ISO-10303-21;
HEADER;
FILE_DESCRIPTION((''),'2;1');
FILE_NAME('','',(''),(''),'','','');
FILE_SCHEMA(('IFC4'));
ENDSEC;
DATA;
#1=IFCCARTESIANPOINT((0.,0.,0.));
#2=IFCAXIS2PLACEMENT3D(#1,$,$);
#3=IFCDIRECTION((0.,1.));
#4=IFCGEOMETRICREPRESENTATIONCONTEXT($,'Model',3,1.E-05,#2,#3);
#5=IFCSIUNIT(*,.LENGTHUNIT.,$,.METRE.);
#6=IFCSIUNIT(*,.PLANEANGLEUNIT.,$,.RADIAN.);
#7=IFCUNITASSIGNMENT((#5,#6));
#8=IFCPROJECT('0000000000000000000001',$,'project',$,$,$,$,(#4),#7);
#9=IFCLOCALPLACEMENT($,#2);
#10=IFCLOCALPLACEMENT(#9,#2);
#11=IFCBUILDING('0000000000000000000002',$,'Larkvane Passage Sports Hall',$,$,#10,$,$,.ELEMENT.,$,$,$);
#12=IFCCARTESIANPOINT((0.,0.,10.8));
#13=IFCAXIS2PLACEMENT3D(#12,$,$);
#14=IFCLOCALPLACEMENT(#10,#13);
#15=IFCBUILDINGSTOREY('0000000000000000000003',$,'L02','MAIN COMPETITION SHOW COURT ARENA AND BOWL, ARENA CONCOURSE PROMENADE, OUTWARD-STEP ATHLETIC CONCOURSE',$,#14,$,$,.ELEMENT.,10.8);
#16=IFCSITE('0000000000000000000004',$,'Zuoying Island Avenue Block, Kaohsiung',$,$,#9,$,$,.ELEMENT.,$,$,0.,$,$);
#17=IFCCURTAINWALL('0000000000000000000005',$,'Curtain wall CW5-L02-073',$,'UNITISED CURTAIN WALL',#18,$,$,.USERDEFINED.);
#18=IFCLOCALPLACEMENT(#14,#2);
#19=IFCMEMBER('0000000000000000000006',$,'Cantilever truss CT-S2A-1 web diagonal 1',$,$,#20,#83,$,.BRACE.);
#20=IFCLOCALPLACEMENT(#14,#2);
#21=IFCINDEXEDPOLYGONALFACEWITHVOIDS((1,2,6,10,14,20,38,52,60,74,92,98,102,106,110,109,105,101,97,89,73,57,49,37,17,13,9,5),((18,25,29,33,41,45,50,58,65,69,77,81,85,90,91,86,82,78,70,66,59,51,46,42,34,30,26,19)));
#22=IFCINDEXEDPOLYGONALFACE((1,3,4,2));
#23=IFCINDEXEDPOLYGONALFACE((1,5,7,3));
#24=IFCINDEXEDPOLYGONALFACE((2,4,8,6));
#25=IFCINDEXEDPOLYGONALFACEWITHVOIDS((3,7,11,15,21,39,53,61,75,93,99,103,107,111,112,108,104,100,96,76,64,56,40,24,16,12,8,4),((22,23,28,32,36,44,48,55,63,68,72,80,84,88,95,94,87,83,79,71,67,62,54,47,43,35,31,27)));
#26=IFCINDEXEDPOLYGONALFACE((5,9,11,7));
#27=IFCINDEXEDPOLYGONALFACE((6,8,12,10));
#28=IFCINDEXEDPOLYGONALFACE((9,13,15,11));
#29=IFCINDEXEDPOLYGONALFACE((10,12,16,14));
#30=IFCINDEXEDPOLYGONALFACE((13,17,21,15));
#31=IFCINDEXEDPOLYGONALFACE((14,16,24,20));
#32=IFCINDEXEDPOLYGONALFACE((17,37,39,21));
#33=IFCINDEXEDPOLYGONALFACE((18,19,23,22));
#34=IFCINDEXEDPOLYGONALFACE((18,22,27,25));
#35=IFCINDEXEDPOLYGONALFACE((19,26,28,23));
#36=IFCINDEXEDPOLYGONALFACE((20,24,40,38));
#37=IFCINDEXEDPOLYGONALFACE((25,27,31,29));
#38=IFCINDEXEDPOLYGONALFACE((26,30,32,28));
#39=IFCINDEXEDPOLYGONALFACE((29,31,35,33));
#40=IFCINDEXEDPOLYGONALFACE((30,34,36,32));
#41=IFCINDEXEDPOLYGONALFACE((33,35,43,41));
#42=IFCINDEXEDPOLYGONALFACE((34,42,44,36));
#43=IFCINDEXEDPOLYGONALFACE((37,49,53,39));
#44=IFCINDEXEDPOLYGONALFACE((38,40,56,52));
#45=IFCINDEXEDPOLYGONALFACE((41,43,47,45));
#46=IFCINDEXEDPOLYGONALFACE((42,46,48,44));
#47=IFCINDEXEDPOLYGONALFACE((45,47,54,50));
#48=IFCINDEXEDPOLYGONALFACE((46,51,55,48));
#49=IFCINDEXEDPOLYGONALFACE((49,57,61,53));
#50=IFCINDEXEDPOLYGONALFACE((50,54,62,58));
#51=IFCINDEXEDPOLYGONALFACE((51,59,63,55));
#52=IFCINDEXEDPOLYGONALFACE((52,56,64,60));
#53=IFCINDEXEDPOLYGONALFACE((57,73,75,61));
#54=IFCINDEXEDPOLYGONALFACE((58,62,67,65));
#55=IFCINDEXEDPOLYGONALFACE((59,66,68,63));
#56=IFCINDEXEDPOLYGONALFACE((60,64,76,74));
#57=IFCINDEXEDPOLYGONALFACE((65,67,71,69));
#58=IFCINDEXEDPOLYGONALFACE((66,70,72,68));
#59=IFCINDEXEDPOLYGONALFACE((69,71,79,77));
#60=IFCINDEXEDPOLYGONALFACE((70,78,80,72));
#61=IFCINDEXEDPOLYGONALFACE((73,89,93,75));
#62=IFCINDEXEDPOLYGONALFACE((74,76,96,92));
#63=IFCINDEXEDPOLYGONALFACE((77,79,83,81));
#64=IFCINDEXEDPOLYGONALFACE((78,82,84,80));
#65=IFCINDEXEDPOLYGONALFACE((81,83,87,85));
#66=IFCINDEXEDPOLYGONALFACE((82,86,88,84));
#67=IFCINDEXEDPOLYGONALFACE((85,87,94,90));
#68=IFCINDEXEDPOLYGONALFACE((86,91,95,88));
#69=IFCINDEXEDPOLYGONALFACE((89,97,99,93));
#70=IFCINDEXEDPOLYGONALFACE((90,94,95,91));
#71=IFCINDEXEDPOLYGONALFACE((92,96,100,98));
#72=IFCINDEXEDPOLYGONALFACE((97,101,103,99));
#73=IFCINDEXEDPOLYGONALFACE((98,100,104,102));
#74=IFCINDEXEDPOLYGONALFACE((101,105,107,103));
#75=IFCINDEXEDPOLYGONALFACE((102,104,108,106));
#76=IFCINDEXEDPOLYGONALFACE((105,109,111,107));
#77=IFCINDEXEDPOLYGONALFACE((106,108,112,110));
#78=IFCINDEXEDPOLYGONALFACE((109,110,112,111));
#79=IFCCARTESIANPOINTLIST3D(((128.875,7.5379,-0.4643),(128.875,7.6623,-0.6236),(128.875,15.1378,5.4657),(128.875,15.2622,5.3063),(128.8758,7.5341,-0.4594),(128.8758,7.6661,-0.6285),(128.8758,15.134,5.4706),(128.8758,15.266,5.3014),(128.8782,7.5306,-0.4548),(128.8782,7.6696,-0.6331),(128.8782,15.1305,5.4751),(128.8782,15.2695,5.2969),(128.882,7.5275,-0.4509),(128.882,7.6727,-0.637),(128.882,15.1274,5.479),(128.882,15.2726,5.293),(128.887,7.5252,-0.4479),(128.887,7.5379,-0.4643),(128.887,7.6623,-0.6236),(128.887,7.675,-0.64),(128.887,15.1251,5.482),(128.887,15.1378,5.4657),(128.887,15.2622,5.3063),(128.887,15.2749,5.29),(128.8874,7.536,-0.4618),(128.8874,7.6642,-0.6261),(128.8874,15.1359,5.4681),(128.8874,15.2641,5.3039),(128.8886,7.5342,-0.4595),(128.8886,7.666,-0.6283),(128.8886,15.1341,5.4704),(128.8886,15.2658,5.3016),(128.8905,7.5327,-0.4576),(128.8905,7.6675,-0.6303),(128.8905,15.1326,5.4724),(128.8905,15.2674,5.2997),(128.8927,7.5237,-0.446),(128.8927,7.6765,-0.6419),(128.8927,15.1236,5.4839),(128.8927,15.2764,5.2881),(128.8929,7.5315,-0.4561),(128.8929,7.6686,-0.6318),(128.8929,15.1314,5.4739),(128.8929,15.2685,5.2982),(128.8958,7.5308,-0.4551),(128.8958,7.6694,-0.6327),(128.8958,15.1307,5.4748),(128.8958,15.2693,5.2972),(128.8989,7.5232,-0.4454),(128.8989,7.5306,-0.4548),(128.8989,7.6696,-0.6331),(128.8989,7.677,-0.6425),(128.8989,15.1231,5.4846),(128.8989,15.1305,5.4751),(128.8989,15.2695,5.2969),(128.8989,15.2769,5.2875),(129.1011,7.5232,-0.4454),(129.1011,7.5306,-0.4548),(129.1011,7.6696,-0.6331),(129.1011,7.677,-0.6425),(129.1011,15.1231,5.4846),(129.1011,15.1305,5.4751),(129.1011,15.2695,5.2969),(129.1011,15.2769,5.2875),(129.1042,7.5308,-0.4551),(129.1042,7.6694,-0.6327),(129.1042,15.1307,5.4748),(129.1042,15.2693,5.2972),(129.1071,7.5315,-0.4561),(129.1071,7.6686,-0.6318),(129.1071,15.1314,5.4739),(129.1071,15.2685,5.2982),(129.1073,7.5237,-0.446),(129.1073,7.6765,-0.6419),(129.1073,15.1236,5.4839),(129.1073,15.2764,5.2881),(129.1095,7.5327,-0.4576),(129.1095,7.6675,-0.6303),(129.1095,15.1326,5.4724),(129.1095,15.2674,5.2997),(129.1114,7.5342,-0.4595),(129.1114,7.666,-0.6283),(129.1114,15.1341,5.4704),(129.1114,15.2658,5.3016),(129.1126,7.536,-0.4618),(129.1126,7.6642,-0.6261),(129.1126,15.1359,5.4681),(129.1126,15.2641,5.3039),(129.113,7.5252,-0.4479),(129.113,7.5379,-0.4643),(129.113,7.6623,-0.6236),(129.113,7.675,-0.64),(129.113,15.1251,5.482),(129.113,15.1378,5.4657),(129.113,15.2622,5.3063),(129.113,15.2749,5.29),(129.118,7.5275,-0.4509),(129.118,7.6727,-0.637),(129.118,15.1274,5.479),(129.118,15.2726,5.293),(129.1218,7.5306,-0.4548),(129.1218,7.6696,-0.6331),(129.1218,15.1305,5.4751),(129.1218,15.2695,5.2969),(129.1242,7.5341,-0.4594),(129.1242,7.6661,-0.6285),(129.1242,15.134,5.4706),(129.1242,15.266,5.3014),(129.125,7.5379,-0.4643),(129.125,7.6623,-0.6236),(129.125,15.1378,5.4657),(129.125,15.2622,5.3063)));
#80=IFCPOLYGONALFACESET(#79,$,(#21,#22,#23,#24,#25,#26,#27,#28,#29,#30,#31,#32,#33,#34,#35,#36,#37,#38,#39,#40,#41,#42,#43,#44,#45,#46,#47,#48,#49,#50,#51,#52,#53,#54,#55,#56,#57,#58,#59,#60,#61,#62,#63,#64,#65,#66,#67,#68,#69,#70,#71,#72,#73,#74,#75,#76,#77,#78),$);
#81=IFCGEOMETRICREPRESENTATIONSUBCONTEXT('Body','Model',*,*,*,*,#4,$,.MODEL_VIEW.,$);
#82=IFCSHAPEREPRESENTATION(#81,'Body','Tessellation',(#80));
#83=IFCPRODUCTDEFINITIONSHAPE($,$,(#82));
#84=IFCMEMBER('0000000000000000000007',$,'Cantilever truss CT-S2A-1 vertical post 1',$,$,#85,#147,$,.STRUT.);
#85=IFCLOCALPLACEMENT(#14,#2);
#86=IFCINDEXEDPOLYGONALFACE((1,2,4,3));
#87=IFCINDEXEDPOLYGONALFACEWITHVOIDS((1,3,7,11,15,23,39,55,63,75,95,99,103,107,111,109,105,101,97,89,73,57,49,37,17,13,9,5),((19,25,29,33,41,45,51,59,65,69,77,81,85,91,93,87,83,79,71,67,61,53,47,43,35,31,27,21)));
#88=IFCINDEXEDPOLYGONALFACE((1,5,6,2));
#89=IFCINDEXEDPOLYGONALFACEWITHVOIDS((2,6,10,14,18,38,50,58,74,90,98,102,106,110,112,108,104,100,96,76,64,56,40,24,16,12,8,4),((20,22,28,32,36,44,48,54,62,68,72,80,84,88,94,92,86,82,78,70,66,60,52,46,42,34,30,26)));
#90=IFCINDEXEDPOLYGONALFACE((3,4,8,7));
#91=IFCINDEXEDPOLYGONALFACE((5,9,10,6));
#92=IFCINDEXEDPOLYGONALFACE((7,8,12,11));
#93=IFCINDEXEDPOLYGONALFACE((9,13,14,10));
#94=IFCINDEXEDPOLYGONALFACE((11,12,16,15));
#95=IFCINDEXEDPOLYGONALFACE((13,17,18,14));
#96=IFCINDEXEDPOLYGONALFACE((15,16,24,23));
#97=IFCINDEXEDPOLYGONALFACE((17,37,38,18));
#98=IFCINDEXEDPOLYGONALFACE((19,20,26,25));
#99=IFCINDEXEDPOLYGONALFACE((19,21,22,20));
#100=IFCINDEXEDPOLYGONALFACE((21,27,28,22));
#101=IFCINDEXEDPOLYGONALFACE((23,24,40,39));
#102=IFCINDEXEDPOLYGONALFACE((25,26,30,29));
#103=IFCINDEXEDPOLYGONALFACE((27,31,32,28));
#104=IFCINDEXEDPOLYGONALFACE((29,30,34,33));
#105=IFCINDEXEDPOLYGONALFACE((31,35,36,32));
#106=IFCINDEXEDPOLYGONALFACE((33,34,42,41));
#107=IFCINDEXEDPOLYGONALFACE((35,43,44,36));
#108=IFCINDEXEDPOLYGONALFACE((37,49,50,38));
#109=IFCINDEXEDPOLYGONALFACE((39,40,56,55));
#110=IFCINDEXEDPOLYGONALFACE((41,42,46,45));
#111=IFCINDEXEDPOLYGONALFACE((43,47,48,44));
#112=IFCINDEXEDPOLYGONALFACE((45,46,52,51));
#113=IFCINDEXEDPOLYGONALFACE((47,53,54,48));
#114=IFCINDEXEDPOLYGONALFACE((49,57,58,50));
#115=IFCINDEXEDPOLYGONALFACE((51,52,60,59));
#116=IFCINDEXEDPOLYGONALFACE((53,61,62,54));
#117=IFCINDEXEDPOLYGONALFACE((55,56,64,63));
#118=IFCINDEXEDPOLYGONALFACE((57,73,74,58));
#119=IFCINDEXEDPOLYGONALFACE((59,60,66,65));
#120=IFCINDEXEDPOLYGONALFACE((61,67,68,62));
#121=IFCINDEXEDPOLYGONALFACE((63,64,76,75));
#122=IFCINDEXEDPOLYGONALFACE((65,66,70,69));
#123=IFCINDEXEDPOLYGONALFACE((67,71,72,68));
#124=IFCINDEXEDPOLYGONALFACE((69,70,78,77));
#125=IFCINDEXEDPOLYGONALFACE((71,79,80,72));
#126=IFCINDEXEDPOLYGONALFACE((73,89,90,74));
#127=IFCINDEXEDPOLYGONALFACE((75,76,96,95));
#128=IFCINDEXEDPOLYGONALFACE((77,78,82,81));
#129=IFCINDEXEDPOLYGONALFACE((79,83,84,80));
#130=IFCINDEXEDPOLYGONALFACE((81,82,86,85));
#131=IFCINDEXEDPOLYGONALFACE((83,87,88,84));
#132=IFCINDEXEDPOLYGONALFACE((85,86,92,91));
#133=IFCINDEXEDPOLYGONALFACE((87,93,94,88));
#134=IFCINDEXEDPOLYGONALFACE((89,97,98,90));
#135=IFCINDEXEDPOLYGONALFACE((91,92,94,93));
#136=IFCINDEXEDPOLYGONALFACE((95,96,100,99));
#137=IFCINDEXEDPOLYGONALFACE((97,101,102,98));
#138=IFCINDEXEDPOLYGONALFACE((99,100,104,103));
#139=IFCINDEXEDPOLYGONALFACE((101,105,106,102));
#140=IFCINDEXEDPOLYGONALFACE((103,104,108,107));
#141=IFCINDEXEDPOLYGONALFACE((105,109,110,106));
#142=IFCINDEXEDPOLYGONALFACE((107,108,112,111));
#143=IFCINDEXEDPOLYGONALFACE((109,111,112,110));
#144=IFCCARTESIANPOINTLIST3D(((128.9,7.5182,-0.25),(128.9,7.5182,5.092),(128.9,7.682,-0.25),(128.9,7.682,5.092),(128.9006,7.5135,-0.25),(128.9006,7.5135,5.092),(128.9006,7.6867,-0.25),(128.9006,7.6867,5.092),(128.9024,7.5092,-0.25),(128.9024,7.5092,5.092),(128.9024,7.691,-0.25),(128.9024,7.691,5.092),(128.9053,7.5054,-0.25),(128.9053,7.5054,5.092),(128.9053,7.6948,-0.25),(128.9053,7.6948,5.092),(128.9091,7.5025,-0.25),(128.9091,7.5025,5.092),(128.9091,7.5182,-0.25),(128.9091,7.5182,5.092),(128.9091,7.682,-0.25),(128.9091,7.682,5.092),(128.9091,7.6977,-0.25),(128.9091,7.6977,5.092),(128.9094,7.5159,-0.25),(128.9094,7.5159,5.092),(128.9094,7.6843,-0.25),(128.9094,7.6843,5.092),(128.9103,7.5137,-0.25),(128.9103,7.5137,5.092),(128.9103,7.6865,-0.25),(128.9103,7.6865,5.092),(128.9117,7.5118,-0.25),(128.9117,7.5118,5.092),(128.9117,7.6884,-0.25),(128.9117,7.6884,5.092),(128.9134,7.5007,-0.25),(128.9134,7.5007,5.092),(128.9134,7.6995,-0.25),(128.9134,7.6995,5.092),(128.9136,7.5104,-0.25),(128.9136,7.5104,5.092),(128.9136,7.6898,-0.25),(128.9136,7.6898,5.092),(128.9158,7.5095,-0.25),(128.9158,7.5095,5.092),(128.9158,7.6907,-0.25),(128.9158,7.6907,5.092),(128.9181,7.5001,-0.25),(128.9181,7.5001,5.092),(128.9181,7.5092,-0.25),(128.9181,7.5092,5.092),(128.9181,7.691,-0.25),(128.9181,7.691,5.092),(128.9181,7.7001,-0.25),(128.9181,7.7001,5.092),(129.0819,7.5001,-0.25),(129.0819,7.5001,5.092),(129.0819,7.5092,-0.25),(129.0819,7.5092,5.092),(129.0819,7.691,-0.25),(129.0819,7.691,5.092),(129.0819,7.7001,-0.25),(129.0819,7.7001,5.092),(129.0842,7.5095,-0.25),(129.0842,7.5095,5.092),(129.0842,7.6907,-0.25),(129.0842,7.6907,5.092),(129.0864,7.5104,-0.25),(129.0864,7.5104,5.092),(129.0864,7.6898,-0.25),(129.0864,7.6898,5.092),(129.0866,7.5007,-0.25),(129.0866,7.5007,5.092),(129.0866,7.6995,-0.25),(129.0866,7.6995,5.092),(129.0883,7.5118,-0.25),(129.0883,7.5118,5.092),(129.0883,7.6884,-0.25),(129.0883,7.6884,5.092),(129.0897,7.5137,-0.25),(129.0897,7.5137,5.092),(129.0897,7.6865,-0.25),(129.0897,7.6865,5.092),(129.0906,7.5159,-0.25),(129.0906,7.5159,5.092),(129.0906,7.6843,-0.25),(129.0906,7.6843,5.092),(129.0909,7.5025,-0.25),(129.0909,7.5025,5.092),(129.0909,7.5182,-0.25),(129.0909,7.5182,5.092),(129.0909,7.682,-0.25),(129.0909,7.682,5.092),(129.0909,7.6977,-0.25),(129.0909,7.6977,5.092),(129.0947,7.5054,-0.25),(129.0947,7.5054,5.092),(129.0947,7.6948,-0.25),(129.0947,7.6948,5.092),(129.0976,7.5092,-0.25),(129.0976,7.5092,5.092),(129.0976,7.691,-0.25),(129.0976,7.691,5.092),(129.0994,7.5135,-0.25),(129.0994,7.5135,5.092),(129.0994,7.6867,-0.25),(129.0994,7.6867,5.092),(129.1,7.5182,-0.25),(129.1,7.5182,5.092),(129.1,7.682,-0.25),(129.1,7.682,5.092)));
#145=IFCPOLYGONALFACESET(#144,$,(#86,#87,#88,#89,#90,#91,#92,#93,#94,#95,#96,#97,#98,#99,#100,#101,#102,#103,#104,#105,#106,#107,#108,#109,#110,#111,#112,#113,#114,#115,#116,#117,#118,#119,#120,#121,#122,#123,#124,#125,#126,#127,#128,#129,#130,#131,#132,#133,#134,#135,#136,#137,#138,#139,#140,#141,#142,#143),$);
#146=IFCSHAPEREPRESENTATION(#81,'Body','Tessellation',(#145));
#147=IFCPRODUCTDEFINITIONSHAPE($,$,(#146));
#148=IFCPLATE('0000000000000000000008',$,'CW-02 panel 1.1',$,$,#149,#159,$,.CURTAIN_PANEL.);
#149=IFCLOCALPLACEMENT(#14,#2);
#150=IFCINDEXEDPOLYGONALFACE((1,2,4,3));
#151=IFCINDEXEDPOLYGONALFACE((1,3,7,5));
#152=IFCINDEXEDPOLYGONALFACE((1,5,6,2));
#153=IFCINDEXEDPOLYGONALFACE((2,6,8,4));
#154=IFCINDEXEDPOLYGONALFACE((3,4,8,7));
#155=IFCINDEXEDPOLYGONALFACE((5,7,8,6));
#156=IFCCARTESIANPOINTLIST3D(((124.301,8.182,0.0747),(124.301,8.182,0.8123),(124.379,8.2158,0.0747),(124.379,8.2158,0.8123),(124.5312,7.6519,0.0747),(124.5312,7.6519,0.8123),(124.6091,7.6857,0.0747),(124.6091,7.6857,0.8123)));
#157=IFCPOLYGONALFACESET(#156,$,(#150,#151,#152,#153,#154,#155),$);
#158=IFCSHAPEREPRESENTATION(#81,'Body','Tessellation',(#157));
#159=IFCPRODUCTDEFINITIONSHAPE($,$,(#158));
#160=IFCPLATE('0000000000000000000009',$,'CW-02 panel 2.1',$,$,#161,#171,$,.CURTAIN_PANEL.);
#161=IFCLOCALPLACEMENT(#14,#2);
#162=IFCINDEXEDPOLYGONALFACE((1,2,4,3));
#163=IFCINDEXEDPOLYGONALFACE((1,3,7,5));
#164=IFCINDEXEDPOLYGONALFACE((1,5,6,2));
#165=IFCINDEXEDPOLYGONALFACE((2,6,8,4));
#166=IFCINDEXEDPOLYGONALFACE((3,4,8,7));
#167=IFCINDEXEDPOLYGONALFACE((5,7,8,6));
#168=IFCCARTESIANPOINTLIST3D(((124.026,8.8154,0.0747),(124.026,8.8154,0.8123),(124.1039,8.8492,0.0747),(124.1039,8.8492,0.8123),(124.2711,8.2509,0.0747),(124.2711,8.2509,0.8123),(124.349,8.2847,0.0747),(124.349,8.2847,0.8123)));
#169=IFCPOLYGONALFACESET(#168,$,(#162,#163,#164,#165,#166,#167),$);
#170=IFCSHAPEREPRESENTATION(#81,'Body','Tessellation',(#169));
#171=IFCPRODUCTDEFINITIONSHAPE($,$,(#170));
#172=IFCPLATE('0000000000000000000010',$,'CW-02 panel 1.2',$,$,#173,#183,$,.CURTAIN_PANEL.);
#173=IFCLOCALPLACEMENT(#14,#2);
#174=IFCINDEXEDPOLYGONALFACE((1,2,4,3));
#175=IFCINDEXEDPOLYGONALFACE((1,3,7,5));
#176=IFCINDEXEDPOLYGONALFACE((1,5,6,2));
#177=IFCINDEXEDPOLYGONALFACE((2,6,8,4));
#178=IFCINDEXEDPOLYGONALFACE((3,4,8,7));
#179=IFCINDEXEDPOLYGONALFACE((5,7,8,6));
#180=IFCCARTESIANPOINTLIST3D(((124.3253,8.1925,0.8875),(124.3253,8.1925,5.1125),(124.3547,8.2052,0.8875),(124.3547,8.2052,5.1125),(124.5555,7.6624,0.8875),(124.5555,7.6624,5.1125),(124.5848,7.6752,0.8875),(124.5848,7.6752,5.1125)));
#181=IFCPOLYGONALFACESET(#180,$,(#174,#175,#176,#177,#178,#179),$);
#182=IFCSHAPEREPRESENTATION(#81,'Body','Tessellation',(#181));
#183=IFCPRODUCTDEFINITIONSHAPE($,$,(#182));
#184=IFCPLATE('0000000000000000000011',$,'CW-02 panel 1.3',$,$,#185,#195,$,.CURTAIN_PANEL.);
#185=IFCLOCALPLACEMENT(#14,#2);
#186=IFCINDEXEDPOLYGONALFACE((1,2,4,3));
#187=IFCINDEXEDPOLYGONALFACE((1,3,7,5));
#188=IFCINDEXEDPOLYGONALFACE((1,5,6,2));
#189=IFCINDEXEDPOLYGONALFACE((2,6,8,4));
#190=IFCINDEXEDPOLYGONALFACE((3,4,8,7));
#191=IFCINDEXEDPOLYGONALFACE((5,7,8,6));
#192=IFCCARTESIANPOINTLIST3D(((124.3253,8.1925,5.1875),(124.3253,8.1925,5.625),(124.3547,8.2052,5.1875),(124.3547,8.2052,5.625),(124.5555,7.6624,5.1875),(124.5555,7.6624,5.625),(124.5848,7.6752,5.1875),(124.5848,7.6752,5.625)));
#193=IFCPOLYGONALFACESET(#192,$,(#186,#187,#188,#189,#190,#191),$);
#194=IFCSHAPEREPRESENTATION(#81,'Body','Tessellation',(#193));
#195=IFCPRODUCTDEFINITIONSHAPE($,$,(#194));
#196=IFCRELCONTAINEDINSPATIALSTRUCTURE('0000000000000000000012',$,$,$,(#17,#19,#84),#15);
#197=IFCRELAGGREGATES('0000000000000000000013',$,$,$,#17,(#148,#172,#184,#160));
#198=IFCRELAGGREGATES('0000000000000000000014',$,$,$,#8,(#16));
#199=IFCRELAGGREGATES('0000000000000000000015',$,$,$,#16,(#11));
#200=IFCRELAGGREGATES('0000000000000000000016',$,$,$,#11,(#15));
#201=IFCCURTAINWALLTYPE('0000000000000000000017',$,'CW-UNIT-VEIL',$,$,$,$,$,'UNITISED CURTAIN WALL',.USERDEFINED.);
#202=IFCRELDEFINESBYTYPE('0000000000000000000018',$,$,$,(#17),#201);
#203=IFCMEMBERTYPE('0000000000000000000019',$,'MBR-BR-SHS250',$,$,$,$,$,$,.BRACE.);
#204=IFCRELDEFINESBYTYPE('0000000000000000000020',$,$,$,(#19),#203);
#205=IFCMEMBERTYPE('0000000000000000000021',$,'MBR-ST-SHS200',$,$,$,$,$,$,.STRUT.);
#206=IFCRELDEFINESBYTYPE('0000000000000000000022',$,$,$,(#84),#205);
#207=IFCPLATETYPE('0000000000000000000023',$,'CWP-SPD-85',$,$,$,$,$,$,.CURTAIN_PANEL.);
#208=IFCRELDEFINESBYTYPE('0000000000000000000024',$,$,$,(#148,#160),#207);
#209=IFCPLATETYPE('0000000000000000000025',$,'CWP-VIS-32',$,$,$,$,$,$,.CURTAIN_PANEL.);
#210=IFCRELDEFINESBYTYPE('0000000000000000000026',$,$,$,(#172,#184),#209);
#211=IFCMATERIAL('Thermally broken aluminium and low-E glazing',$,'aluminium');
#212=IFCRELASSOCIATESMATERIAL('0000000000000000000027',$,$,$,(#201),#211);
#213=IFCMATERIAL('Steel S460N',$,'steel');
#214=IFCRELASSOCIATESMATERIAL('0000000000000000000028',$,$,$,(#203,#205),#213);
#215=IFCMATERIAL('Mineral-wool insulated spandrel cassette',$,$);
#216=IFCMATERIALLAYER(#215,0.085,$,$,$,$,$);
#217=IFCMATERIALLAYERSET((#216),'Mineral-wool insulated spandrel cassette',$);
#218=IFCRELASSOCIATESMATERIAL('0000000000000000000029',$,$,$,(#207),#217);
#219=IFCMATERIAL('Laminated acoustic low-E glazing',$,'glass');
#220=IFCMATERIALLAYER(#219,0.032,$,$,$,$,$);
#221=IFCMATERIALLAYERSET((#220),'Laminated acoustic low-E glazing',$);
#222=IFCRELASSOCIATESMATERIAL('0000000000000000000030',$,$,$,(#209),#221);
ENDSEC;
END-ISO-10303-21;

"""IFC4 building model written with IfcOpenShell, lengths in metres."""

from ifc_helpers import new_model, si_unit, direction, frame, origin, origin_2d, place, context, subcontext, project, spatial, rectangle, hollow_rectangle, extrude, material, layer, layer_set, material_profile, profile_set, type_object, element, aggregate, save


model = new_model("IFC4")

# Units and contexts
model_context = context("Model", 3, precision=1e-05, world=origin(), true_north=direction((0.0, 1.0)))
body_context = subcontext(model_context, "Body", "Model", "MODEL_VIEW")
ifc_project = project(units=[si_unit("LENGTHUNIT", "METRE"), si_unit("PLANEANGLEUNIT", "RADIAN")], contexts=[model_context])

# Site, building, storey
site_placement = place(None, origin())
site = spatial("IfcSite", under=ifc_project, at=site_placement, Name="Zuoying Island Avenue Block, Kaohsiung", CompositionType="ELEMENT", RefElevation=0.0)
building_placement = place(site_placement, origin())
building = spatial("IfcBuilding", under=site, at=building_placement, Name="Larkvane Passage Sports Hall", CompositionType="ELEMENT")
storey_placement = place(building_placement, frame((0.0, 0.0, 10.8)))
storey = spatial("IfcBuildingStorey", under=building, at=storey_placement, Name="L02", Description="MAIN COMPETITION SHOW COURT ARENA AND BOWL, ARENA CONCOURSE PROMENADE, OUTWARD-STEP ATHLETIC CONCOURSE", CompositionType="ELEMENT", Elevation=10.8)

# Shared definitions
ifc_material_1 = material(Name="Steel S460N", Category="steel")

# Curtain wall
ifc_material_2 = material(Name="Thermally broken aluminium and low-E glazing", Category="aluminium")
curtain_wall_type = type_object("IfcCurtainWallType", Name="CW-UNIT-VEIL", ElementType="UNITISED CURTAIN WALL", PredefinedType="USERDEFINED", material=ifc_material_2)
curtain_wall_placement = place(storey_placement, origin())
curtain_wall = element("IfcCurtainWall", 1, at=curtain_wall_placement, inside=storey, type_object=curtain_wall_type, Name="Curtain wall CW5-L02-073", ObjectType="UNITISED CURTAIN WALL", PredefinedType="USERDEFINED")

# Members
ifc_material_profile_1 = material_profile(ifc_material_1, hollow_rectangle(XDim=0.25, YDim=0.25, WallThickness=0.012, InnerFilletRadius=0.012, OuterFilletRadius=0.0239, at=origin_2d()), Name="SHS-250x250x12")
ifc_profile_set_1 = profile_set([ifc_material_profile_1], Name="Steel S460N")
member_type_1 = type_object("IfcMemberType", Name="MBR-BR-SHS250", PredefinedType="BRACE", material=ifc_profile_set_1)
member_1_placement = place(storey_placement, frame((129.0, 7.6001, -0.5439), z_axis=(0.0, 0.788399, 0.615164), x_axis=(-1.0, 0.0, 0.0)))
element("IfcMember", 2, at=member_1_placement, inside=storey, type_object=member_type_1, Name="Cantilever truss CT-S2A-1 web diagonal 1", PredefinedType="BRACE", context=body_context, shape_type="SweptSolid", body=[
    extrude(hollow_rectangle(XDim=0.25, YDim=0.25, WallThickness=0.012, InnerFilletRadius=0.012, OuterFilletRadius=0.0239, at=origin_2d()), origin(), (0.0, 0.0, 1.0), 9.6396),
])
ifc_material_profile_2 = material_profile(ifc_material_1, hollow_rectangle(XDim=0.2, YDim=0.2, WallThickness=0.009, InnerFilletRadius=0.009, OuterFilletRadius=0.0181, at=origin_2d()), Name="SHS-200x200x9")
ifc_profile_set_2 = profile_set([ifc_material_profile_2], Name="Steel S460N")
member_type_2 = type_object("IfcMemberType", Name="MBR-ST-SHS200", PredefinedType="STRUT", material=ifc_profile_set_2)
member_2_placement = place(storey_placement, frame((129.0, 7.6001, -0.25), z_axis=(0.0, 0.0, 1.0), x_axis=(1.0, 0.0, 0.0)))
element("IfcMember", 3, at=member_2_placement, inside=storey, type_object=member_type_2, Name="Cantilever truss CT-S2A-1 vertical post 1", PredefinedType="STRUT", context=body_context, shape_type="SweptSolid", body=[
    extrude(hollow_rectangle(XDim=0.2, YDim=0.2, WallThickness=0.009, InnerFilletRadius=0.009, OuterFilletRadius=0.0181, at=origin_2d()), origin(), (0.0, 0.0, 1.0), 5.342),
])

# Plates
ifc_material_3 = material(Name="Mineral-wool insulated spandrel cassette")
ifc_layer_1 = layer(ifc_material_3, 0.085)
ifc_layer_set_1 = layer_set([ifc_layer_1], Name="Mineral-wool insulated spandrel cassette")
plate_type_1 = type_object("IfcPlateType", Name="CWP-SPD-85", PredefinedType="CURTAIN_PANEL", material=ifc_layer_set_1)
plate_1_placement = place(storey_placement, frame((124.4551, 7.9338, 0.0747), z_axis=(0.0, 0.0, 1.0), x_axis=(-0.398283, 0.917263, 0.0)))
plate_1 = element("IfcPlate", 4, at=plate_1_placement, type_object=plate_type_1, Name="CW-02 panel 1.1", PredefinedType="CURTAIN_PANEL", context=body_context, shape_type="SweptSolid", body=[
    extrude(rectangle(XDim=0.5779, YDim=0.085, at=origin_2d()), origin(), (0.0, 0.0, 1.0), 0.7375),
])
plate_2_placement = place(storey_placement, frame((124.1875, 8.55, 0.0747), z_axis=(0.0, 0.0, 1.0), x_axis=(-0.398283, 0.917263, 0.0)))
plate_2 = element("IfcPlate", 5, at=plate_2_placement, type_object=plate_type_1, Name="CW-02 panel 2.1", PredefinedType="CURTAIN_PANEL", context=body_context, shape_type="SweptSolid", body=[
    extrude(rectangle(XDim=0.6155, YDim=0.085, at=origin_2d()), origin(), (0.0, 0.0, 1.0), 0.7375),
])
ifc_material_4 = material(Name="Laminated acoustic low-E glazing", Category="glass")
ifc_layer_2 = layer(ifc_material_4, 0.032)
ifc_layer_set_2 = layer_set([ifc_layer_2], Name="Laminated acoustic low-E glazing")
plate_type_2 = type_object("IfcPlateType", Name="CWP-VIS-32", PredefinedType="CURTAIN_PANEL", material=ifc_layer_set_2)
plate_3_placement = place(storey_placement, frame((124.4551, 7.9338, 0.8875), z_axis=(0.0, 0.0, 1.0), x_axis=(-0.398283, 0.917263, 0.0)))
plate_3 = element("IfcPlate", 6, at=plate_3_placement, type_object=plate_type_2, Name="CW-02 panel 1.2", PredefinedType="CURTAIN_PANEL", context=body_context, shape_type="SweptSolid", body=[
    extrude(rectangle(XDim=0.5779, YDim=0.032, at=origin_2d()), origin(), (0.0, 0.0, 1.0), 4.2251),
])
plate_4_placement = place(storey_placement, frame((124.4551, 7.9338, 5.1875), z_axis=(0.0, 0.0, 1.0), x_axis=(-0.398283, 0.917263, 0.0)))
plate_4 = element("IfcPlate", 7, at=plate_4_placement, type_object=plate_type_2, Name="CW-02 panel 1.3", PredefinedType="CURTAIN_PANEL", context=body_context, shape_type="SweptSolid", body=[
    extrude(rectangle(XDim=0.5779, YDim=0.032, at=origin_2d()), origin(), (0.0, 0.0, 1.0), 0.4375),
])
aggregate(curtain_wall, [plate_1, plate_3, plate_4, plate_2])

save(model, "model.ifc")
